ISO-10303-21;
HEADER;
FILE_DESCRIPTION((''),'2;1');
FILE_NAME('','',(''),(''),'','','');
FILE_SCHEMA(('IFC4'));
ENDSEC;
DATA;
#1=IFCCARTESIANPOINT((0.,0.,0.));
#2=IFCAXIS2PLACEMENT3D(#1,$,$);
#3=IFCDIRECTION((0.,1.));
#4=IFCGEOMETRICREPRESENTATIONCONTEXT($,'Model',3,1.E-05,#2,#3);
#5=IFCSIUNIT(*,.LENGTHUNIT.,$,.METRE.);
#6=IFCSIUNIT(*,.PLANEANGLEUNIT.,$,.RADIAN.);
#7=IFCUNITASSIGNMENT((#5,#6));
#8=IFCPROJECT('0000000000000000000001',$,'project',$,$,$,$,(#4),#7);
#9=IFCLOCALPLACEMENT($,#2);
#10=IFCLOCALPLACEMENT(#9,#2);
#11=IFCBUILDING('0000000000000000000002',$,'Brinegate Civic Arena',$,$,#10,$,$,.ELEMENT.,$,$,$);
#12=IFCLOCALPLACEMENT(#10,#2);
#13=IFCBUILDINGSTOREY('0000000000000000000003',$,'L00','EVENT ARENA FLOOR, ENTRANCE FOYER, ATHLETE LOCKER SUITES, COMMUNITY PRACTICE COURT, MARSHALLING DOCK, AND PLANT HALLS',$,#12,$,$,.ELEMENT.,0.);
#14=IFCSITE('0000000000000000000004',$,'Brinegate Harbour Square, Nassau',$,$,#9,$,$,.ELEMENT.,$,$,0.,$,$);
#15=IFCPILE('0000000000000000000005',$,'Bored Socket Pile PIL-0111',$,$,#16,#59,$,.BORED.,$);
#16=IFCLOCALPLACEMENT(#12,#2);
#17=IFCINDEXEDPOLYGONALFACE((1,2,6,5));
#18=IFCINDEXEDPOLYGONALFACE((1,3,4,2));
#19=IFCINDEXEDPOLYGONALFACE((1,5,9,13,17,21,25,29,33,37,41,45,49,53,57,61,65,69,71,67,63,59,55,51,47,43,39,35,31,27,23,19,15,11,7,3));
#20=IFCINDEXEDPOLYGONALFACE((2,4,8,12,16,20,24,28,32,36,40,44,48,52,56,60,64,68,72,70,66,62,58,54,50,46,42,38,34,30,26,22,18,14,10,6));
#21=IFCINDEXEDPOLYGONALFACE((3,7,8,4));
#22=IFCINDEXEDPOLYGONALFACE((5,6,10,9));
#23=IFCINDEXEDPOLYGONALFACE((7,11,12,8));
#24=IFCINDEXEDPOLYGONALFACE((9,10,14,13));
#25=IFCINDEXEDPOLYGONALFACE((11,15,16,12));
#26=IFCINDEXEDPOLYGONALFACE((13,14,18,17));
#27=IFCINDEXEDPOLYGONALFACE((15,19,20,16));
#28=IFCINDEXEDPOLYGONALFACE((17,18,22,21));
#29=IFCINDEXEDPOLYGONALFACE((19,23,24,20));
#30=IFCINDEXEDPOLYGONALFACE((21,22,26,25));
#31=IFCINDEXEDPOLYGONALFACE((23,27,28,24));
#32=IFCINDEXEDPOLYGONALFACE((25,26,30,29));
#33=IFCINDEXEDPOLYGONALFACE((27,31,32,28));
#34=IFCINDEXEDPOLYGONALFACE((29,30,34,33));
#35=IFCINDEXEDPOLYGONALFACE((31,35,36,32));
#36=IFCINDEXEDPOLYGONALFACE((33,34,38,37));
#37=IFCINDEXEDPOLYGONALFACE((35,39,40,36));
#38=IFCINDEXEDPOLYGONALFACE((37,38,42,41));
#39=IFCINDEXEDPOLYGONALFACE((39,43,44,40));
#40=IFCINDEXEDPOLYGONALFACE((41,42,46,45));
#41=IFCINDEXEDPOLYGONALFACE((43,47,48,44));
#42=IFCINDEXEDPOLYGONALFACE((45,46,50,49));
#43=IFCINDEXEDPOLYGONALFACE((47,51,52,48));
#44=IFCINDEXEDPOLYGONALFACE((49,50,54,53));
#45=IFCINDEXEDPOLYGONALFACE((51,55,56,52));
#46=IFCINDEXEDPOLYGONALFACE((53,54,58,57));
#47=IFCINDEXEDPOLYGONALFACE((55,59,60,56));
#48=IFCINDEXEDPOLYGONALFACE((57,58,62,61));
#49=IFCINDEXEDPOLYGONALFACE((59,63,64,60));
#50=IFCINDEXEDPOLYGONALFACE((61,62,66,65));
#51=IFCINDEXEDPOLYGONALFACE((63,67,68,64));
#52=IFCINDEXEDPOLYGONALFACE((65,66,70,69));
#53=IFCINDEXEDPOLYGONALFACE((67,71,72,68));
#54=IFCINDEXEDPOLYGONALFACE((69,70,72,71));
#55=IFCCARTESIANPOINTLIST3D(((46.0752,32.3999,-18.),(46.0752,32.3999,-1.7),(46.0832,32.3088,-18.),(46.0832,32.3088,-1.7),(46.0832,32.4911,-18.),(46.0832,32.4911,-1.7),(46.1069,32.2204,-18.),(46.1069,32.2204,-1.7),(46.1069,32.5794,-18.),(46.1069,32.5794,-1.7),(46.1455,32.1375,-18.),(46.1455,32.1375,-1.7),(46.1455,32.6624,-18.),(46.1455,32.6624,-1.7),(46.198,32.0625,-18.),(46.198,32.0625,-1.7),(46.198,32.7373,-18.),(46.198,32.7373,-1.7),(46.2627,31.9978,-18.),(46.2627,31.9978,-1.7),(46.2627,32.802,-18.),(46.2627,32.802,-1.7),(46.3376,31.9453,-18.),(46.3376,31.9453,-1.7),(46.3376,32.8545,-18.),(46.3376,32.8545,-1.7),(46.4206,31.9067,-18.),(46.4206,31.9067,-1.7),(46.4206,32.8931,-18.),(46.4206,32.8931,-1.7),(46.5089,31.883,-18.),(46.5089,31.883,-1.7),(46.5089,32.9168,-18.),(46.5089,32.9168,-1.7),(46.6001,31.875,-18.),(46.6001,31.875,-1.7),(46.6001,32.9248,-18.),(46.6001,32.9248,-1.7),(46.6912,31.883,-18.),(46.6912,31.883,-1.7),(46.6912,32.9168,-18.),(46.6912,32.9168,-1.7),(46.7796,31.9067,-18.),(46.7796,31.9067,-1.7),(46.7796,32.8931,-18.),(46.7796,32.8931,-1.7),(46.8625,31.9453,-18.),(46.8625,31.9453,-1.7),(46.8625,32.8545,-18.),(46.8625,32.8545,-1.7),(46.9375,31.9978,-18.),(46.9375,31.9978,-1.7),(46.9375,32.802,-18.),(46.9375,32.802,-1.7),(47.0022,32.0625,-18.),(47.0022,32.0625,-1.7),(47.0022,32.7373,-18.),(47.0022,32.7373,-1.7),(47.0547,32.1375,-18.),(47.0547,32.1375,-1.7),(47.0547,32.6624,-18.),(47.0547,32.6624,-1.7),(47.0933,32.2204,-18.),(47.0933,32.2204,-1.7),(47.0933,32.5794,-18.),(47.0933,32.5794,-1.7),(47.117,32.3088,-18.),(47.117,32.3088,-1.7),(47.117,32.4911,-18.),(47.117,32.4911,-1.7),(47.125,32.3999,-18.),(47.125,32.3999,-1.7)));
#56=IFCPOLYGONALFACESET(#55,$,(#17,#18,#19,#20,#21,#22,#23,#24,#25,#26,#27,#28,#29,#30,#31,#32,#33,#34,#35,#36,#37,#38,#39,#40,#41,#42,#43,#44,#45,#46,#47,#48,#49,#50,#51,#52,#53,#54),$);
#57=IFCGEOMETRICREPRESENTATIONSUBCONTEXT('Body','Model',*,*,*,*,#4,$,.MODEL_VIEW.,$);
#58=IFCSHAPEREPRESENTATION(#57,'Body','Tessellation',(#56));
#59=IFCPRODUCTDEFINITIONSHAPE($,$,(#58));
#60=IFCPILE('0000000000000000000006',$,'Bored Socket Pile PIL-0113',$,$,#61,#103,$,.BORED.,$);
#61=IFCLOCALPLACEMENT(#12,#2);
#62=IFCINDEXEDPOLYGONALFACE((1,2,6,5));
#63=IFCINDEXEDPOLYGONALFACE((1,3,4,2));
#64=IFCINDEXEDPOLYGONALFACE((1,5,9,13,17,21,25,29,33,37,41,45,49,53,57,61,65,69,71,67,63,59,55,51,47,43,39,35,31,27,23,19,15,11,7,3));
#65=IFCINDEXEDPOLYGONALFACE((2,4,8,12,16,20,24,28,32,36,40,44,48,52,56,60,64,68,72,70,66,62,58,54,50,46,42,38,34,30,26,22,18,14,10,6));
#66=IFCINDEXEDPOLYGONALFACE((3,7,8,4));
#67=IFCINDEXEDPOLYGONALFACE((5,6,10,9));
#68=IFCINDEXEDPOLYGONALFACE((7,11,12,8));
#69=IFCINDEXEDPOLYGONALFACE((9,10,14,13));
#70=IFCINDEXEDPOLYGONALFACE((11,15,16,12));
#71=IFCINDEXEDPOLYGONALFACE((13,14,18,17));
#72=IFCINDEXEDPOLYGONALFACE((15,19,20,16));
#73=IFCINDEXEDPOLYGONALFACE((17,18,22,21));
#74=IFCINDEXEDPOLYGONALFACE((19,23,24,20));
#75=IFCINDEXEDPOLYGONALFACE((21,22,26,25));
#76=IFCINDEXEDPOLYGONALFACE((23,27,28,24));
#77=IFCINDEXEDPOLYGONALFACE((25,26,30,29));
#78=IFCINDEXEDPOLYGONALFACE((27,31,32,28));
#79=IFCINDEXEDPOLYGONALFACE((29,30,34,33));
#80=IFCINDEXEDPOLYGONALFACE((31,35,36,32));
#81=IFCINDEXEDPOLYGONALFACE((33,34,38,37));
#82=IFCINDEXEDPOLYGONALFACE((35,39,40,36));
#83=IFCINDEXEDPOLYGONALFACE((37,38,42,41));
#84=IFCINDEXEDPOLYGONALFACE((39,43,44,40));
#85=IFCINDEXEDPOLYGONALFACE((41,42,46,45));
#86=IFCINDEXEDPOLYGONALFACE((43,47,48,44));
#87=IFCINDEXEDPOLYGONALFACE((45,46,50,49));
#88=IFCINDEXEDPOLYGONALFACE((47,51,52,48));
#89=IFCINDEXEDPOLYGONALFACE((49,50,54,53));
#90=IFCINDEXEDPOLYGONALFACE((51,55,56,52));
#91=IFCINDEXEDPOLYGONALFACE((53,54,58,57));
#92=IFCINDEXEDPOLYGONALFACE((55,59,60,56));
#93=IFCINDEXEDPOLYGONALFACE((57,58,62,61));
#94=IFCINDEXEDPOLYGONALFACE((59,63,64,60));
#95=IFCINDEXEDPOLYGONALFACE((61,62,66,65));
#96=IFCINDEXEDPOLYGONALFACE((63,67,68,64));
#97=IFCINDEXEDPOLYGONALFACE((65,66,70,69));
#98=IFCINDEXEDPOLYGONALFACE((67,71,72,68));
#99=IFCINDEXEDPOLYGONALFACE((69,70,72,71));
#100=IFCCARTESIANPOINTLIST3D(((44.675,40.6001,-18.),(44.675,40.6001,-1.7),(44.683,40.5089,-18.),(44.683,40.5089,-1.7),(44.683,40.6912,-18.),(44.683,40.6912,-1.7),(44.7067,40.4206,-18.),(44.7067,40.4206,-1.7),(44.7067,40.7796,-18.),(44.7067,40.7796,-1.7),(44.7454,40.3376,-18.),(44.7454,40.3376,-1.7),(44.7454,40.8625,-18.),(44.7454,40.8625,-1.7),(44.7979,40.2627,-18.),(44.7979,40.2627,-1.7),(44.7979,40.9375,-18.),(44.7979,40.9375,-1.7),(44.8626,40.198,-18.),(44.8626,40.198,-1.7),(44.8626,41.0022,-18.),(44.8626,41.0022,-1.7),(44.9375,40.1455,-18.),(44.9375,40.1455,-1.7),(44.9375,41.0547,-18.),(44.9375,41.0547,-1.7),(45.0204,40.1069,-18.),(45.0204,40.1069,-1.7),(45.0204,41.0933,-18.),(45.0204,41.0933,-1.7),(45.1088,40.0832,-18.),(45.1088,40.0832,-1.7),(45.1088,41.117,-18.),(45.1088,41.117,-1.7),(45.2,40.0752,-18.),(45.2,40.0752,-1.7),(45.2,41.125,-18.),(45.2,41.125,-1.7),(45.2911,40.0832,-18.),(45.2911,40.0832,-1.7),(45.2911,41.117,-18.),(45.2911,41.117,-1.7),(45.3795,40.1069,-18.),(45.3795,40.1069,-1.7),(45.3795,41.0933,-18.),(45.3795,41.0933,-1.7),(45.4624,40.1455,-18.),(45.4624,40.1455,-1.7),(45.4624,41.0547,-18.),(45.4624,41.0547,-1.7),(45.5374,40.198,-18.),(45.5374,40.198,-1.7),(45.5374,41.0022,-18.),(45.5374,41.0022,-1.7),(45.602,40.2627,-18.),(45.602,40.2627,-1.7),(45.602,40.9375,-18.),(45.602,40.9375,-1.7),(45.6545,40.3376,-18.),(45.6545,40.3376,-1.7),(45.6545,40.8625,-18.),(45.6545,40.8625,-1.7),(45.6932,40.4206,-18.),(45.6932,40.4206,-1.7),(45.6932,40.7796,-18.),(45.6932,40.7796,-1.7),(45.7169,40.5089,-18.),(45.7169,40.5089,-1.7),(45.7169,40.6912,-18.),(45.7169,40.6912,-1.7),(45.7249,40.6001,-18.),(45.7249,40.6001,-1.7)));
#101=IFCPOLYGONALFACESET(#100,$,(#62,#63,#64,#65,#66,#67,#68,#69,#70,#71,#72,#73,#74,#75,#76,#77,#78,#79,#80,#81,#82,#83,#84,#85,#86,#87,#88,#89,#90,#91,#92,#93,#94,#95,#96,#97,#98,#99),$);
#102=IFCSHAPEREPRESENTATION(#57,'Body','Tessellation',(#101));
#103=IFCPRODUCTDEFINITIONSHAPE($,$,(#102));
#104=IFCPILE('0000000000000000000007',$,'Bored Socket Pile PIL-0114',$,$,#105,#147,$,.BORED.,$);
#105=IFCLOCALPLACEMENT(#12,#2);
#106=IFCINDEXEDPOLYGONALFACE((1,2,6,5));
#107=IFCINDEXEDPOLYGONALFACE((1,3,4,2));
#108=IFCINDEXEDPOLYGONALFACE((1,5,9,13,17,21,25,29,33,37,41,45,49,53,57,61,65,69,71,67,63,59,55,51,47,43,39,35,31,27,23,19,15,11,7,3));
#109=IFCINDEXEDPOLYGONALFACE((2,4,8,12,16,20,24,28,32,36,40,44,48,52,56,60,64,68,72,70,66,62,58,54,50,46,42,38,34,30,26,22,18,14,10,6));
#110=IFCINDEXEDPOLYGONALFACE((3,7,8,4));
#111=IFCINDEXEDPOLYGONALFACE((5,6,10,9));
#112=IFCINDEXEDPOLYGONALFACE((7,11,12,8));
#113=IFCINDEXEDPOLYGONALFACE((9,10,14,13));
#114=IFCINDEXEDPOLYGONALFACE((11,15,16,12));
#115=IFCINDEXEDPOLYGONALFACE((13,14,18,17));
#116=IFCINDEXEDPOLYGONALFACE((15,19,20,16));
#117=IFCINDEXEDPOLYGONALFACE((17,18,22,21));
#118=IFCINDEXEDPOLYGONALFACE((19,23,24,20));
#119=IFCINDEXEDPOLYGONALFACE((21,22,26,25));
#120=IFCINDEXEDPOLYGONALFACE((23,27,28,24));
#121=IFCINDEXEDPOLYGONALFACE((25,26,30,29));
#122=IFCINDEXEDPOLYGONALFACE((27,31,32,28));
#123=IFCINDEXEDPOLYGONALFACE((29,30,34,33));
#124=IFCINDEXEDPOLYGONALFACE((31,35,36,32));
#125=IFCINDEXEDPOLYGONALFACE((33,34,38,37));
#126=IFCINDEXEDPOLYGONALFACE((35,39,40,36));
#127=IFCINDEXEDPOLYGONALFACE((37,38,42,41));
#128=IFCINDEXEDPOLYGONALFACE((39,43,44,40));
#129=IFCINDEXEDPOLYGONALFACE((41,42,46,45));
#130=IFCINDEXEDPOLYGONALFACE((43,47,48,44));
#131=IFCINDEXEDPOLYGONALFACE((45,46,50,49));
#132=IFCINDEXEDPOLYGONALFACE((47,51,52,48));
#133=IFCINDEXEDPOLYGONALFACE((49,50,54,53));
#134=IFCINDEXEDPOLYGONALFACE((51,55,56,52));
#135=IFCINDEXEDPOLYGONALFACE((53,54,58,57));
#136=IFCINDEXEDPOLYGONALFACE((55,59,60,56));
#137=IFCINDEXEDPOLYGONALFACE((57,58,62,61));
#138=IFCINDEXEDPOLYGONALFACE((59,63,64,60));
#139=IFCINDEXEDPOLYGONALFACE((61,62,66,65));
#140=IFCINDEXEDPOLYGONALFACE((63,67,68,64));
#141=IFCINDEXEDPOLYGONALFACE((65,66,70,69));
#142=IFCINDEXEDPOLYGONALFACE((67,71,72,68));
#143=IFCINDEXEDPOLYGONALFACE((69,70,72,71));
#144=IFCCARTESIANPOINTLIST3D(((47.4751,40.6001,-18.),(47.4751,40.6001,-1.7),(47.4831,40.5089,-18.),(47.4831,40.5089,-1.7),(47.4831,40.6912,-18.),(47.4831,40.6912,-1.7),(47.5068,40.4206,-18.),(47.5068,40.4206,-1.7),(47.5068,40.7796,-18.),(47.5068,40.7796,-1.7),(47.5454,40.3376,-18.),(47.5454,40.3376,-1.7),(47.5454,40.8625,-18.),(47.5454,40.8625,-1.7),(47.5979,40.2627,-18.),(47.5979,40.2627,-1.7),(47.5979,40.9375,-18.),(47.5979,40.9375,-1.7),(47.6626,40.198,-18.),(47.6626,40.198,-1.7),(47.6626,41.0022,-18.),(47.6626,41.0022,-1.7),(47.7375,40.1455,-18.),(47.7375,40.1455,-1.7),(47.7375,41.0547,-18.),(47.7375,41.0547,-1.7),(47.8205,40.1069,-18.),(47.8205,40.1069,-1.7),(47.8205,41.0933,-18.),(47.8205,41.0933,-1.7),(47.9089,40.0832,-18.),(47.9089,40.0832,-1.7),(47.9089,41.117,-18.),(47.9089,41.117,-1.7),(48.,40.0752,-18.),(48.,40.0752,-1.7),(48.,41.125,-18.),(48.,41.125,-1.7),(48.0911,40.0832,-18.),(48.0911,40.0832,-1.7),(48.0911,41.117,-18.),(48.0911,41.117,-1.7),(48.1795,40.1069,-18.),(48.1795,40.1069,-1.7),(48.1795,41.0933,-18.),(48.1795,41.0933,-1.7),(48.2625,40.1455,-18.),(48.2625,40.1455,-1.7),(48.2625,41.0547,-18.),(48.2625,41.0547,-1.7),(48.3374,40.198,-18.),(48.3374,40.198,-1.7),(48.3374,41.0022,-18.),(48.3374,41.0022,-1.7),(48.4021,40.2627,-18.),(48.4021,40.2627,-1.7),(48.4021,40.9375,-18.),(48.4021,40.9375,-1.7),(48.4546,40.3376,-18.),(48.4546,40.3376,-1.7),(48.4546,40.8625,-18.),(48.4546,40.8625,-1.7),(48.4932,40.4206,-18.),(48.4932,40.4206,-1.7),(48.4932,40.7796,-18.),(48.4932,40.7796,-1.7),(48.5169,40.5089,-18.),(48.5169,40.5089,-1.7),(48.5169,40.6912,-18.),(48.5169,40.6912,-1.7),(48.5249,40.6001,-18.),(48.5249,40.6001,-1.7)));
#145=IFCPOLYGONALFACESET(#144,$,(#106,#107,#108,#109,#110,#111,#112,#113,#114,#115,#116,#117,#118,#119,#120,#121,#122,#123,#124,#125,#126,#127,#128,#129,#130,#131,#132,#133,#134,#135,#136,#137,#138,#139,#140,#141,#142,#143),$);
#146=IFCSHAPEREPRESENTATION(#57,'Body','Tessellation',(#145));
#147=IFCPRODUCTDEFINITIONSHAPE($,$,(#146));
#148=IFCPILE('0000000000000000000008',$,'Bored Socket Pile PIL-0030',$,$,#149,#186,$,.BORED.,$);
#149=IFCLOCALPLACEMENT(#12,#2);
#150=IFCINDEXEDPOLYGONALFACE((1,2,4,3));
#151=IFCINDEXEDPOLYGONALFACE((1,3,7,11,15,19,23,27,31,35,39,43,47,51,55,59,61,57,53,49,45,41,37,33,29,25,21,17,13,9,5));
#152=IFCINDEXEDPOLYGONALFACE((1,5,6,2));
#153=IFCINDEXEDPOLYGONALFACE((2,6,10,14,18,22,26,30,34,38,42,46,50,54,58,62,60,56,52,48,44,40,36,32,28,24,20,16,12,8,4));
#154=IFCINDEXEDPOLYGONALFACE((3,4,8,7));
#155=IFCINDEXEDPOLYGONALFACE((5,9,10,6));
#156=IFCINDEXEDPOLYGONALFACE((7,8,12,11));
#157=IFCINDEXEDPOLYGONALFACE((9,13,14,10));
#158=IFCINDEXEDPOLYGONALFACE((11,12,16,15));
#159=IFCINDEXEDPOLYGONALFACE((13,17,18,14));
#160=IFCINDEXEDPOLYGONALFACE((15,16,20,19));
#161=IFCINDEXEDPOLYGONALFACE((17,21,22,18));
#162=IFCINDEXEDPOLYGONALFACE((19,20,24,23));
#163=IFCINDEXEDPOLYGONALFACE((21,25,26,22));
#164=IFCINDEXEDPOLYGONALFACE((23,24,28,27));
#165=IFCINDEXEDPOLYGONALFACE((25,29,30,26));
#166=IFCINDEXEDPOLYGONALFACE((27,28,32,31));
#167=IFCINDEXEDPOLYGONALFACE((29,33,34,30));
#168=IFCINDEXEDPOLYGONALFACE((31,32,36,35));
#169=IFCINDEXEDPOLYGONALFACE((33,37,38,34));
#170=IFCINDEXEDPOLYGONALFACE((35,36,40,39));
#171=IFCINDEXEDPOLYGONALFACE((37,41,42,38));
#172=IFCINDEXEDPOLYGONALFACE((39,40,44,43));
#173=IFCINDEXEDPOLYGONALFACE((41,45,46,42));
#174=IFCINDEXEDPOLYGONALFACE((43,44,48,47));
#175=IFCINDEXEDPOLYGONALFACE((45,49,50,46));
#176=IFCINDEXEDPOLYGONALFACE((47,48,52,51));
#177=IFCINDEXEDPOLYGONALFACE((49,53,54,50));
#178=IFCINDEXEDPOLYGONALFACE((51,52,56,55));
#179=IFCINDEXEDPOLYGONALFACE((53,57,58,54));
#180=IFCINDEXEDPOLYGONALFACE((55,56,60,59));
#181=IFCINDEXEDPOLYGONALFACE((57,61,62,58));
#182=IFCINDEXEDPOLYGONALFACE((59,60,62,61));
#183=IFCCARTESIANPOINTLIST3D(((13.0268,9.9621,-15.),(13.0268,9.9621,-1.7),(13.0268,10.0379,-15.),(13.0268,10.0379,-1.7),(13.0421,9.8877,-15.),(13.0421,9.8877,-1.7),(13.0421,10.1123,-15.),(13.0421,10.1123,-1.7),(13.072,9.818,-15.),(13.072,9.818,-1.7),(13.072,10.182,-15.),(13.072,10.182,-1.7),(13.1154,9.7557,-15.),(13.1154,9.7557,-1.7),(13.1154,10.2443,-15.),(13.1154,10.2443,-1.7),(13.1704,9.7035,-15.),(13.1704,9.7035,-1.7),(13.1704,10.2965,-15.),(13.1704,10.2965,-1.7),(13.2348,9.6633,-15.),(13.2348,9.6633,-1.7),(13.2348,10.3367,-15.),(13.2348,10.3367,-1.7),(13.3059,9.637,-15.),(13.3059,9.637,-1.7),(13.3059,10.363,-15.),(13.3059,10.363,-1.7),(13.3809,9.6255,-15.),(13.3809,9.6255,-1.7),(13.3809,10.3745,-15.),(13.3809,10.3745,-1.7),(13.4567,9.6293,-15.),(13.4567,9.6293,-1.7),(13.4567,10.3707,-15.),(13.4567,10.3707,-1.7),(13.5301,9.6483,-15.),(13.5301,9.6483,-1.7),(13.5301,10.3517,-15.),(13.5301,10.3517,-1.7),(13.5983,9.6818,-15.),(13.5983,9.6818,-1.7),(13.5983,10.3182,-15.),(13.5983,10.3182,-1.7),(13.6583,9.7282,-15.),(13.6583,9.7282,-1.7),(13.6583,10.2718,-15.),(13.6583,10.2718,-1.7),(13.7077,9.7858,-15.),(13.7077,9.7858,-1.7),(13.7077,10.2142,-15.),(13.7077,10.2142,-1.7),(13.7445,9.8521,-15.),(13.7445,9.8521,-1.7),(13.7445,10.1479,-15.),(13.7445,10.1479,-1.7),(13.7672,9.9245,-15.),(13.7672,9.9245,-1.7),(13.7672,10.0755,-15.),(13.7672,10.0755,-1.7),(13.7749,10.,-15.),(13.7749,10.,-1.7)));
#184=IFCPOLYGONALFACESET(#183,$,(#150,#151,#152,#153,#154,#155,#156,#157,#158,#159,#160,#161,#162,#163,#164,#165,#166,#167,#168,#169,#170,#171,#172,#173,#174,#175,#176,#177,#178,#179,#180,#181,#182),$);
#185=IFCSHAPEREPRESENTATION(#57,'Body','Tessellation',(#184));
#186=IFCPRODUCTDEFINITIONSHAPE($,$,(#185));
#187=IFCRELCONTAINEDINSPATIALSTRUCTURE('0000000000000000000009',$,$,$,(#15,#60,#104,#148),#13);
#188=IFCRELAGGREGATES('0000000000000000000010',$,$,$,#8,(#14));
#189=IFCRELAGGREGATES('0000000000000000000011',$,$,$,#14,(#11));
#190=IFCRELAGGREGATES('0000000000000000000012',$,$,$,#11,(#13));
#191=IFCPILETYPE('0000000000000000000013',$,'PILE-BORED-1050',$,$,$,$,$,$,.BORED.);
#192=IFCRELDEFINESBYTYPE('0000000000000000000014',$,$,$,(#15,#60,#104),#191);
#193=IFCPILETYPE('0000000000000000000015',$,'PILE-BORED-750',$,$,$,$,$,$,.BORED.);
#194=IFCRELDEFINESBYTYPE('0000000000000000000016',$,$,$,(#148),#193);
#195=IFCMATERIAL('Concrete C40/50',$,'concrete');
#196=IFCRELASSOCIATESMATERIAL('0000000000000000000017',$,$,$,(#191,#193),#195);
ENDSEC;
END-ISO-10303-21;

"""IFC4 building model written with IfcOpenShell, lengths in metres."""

from ifc_helpers import new_model, si_unit, direction, frame, origin, origin_2d, place, context, subcontext, project, spatial, circle, extrude, material, material_profile, profile_set, type_object, element, save


model = new_model("IFC4")

# Units and contexts
model_context = context("Model", 3, precision=1e-05, world=origin(), true_north=direction((0.0, 1.0)))
body_context = subcontext(model_context, "Body", "Model", "MODEL_VIEW")
ifc_project = project(units=[si_unit("LENGTHUNIT", "METRE"), si_unit("PLANEANGLEUNIT", "RADIAN")], contexts=[model_context])

# Site, building, storey
site_placement = place(None, origin())
site = spatial("IfcSite", under=ifc_project, at=site_placement, Name="Brinegate Harbour Square, Nassau", CompositionType="ELEMENT", RefElevation=0.0)
building_placement = place(site_placement, origin())
building = spatial("IfcBuilding", under=site, at=building_placement, Name="Brinegate Civic Arena", CompositionType="ELEMENT")
storey_placement = place(building_placement, origin())
storey = spatial("IfcBuildingStorey", under=building, at=storey_placement, Name="L00", Description="EVENT ARENA FLOOR, ENTRANCE FOYER, ATHLETE LOCKER SUITES, COMMUNITY PRACTICE COURT, MARSHALLING DOCK, AND PLANT HALLS", CompositionType="ELEMENT", Elevation=0.0)

# Shared definitions
ifc_material_1 = material(Name="Concrete C40/50", Category="concrete")

# Piles
ifc_material_profile_1 = material_profile(ifc_material_1, circle(Radius=0.5249, at=origin_2d()), Name="PILED1050")
ifc_profile_set_1 = profile_set([ifc_material_profile_1], Name="Concrete C40/50")
pile_type_1 = type_object("IfcPileType", Name="PILE-BORED-1050", PredefinedType="BORED", material=ifc_profile_set_1)
for number, where, z_axis, x_axis, name in (
    (1, (46.6001, 32.3999, -1.7), (0.0, 0.0, -1.0), (1.0, 0.0, 0.0), "Bored Socket Pile PIL-0111"),
    (2, (45.2, 40.6001, -1.7), (0.0, 0.0, -1.0), (1.0, 0.0, 0.0), "Bored Socket Pile PIL-0113"),
    (3, (48.0, 40.6001, -1.7), (0.0, 0.0, -1.0), (1.0, 0.0, 0.0), "Bored Socket Pile PIL-0114"),
):
    element("IfcPile", number, at=place(storey_placement, frame(where, z_axis=z_axis, x_axis=x_axis)), inside=storey, type_object=pile_type_1, Name=name, PredefinedType="BORED", context=body_context, shape_type="SweptSolid", body=[
        extrude(circle(Radius=0.5249, at=origin_2d()), origin(), (0.0, 0.0, 1.0), 16.3),
    ])
ifc_material_profile_2 = material_profile(ifc_material_1, circle(Radius=0.375, at=origin_2d()), Name="PILED750")
ifc_profile_set_2 = profile_set([ifc_material_profile_2], Name="Concrete C40/50")
pile_type_2 = type_object("IfcPileType", Name="PILE-BORED-750", PredefinedType="BORED", material=ifc_profile_set_2)
for number, where, z_axis, x_axis, name in (
    (4, (13.3999, 10.0, -1.7), (0.0, 0.0, -1.0), (1.0, 0.0, 0.0), "Bored Socket Pile PIL-0030"),
):
    element("IfcPile", number, at=place(storey_placement, frame(where, z_axis=z_axis, x_axis=x_axis)), inside=storey, type_object=pile_type_2, Name=name, PredefinedType="BORED", context=body_context, shape_type="SweptSolid", body=[
        extrude(circle(Radius=0.375, at=origin_2d()), origin(), (0.0, 0.0, 1.0), 13.3),
    ])

save(model, "model.ifc")
